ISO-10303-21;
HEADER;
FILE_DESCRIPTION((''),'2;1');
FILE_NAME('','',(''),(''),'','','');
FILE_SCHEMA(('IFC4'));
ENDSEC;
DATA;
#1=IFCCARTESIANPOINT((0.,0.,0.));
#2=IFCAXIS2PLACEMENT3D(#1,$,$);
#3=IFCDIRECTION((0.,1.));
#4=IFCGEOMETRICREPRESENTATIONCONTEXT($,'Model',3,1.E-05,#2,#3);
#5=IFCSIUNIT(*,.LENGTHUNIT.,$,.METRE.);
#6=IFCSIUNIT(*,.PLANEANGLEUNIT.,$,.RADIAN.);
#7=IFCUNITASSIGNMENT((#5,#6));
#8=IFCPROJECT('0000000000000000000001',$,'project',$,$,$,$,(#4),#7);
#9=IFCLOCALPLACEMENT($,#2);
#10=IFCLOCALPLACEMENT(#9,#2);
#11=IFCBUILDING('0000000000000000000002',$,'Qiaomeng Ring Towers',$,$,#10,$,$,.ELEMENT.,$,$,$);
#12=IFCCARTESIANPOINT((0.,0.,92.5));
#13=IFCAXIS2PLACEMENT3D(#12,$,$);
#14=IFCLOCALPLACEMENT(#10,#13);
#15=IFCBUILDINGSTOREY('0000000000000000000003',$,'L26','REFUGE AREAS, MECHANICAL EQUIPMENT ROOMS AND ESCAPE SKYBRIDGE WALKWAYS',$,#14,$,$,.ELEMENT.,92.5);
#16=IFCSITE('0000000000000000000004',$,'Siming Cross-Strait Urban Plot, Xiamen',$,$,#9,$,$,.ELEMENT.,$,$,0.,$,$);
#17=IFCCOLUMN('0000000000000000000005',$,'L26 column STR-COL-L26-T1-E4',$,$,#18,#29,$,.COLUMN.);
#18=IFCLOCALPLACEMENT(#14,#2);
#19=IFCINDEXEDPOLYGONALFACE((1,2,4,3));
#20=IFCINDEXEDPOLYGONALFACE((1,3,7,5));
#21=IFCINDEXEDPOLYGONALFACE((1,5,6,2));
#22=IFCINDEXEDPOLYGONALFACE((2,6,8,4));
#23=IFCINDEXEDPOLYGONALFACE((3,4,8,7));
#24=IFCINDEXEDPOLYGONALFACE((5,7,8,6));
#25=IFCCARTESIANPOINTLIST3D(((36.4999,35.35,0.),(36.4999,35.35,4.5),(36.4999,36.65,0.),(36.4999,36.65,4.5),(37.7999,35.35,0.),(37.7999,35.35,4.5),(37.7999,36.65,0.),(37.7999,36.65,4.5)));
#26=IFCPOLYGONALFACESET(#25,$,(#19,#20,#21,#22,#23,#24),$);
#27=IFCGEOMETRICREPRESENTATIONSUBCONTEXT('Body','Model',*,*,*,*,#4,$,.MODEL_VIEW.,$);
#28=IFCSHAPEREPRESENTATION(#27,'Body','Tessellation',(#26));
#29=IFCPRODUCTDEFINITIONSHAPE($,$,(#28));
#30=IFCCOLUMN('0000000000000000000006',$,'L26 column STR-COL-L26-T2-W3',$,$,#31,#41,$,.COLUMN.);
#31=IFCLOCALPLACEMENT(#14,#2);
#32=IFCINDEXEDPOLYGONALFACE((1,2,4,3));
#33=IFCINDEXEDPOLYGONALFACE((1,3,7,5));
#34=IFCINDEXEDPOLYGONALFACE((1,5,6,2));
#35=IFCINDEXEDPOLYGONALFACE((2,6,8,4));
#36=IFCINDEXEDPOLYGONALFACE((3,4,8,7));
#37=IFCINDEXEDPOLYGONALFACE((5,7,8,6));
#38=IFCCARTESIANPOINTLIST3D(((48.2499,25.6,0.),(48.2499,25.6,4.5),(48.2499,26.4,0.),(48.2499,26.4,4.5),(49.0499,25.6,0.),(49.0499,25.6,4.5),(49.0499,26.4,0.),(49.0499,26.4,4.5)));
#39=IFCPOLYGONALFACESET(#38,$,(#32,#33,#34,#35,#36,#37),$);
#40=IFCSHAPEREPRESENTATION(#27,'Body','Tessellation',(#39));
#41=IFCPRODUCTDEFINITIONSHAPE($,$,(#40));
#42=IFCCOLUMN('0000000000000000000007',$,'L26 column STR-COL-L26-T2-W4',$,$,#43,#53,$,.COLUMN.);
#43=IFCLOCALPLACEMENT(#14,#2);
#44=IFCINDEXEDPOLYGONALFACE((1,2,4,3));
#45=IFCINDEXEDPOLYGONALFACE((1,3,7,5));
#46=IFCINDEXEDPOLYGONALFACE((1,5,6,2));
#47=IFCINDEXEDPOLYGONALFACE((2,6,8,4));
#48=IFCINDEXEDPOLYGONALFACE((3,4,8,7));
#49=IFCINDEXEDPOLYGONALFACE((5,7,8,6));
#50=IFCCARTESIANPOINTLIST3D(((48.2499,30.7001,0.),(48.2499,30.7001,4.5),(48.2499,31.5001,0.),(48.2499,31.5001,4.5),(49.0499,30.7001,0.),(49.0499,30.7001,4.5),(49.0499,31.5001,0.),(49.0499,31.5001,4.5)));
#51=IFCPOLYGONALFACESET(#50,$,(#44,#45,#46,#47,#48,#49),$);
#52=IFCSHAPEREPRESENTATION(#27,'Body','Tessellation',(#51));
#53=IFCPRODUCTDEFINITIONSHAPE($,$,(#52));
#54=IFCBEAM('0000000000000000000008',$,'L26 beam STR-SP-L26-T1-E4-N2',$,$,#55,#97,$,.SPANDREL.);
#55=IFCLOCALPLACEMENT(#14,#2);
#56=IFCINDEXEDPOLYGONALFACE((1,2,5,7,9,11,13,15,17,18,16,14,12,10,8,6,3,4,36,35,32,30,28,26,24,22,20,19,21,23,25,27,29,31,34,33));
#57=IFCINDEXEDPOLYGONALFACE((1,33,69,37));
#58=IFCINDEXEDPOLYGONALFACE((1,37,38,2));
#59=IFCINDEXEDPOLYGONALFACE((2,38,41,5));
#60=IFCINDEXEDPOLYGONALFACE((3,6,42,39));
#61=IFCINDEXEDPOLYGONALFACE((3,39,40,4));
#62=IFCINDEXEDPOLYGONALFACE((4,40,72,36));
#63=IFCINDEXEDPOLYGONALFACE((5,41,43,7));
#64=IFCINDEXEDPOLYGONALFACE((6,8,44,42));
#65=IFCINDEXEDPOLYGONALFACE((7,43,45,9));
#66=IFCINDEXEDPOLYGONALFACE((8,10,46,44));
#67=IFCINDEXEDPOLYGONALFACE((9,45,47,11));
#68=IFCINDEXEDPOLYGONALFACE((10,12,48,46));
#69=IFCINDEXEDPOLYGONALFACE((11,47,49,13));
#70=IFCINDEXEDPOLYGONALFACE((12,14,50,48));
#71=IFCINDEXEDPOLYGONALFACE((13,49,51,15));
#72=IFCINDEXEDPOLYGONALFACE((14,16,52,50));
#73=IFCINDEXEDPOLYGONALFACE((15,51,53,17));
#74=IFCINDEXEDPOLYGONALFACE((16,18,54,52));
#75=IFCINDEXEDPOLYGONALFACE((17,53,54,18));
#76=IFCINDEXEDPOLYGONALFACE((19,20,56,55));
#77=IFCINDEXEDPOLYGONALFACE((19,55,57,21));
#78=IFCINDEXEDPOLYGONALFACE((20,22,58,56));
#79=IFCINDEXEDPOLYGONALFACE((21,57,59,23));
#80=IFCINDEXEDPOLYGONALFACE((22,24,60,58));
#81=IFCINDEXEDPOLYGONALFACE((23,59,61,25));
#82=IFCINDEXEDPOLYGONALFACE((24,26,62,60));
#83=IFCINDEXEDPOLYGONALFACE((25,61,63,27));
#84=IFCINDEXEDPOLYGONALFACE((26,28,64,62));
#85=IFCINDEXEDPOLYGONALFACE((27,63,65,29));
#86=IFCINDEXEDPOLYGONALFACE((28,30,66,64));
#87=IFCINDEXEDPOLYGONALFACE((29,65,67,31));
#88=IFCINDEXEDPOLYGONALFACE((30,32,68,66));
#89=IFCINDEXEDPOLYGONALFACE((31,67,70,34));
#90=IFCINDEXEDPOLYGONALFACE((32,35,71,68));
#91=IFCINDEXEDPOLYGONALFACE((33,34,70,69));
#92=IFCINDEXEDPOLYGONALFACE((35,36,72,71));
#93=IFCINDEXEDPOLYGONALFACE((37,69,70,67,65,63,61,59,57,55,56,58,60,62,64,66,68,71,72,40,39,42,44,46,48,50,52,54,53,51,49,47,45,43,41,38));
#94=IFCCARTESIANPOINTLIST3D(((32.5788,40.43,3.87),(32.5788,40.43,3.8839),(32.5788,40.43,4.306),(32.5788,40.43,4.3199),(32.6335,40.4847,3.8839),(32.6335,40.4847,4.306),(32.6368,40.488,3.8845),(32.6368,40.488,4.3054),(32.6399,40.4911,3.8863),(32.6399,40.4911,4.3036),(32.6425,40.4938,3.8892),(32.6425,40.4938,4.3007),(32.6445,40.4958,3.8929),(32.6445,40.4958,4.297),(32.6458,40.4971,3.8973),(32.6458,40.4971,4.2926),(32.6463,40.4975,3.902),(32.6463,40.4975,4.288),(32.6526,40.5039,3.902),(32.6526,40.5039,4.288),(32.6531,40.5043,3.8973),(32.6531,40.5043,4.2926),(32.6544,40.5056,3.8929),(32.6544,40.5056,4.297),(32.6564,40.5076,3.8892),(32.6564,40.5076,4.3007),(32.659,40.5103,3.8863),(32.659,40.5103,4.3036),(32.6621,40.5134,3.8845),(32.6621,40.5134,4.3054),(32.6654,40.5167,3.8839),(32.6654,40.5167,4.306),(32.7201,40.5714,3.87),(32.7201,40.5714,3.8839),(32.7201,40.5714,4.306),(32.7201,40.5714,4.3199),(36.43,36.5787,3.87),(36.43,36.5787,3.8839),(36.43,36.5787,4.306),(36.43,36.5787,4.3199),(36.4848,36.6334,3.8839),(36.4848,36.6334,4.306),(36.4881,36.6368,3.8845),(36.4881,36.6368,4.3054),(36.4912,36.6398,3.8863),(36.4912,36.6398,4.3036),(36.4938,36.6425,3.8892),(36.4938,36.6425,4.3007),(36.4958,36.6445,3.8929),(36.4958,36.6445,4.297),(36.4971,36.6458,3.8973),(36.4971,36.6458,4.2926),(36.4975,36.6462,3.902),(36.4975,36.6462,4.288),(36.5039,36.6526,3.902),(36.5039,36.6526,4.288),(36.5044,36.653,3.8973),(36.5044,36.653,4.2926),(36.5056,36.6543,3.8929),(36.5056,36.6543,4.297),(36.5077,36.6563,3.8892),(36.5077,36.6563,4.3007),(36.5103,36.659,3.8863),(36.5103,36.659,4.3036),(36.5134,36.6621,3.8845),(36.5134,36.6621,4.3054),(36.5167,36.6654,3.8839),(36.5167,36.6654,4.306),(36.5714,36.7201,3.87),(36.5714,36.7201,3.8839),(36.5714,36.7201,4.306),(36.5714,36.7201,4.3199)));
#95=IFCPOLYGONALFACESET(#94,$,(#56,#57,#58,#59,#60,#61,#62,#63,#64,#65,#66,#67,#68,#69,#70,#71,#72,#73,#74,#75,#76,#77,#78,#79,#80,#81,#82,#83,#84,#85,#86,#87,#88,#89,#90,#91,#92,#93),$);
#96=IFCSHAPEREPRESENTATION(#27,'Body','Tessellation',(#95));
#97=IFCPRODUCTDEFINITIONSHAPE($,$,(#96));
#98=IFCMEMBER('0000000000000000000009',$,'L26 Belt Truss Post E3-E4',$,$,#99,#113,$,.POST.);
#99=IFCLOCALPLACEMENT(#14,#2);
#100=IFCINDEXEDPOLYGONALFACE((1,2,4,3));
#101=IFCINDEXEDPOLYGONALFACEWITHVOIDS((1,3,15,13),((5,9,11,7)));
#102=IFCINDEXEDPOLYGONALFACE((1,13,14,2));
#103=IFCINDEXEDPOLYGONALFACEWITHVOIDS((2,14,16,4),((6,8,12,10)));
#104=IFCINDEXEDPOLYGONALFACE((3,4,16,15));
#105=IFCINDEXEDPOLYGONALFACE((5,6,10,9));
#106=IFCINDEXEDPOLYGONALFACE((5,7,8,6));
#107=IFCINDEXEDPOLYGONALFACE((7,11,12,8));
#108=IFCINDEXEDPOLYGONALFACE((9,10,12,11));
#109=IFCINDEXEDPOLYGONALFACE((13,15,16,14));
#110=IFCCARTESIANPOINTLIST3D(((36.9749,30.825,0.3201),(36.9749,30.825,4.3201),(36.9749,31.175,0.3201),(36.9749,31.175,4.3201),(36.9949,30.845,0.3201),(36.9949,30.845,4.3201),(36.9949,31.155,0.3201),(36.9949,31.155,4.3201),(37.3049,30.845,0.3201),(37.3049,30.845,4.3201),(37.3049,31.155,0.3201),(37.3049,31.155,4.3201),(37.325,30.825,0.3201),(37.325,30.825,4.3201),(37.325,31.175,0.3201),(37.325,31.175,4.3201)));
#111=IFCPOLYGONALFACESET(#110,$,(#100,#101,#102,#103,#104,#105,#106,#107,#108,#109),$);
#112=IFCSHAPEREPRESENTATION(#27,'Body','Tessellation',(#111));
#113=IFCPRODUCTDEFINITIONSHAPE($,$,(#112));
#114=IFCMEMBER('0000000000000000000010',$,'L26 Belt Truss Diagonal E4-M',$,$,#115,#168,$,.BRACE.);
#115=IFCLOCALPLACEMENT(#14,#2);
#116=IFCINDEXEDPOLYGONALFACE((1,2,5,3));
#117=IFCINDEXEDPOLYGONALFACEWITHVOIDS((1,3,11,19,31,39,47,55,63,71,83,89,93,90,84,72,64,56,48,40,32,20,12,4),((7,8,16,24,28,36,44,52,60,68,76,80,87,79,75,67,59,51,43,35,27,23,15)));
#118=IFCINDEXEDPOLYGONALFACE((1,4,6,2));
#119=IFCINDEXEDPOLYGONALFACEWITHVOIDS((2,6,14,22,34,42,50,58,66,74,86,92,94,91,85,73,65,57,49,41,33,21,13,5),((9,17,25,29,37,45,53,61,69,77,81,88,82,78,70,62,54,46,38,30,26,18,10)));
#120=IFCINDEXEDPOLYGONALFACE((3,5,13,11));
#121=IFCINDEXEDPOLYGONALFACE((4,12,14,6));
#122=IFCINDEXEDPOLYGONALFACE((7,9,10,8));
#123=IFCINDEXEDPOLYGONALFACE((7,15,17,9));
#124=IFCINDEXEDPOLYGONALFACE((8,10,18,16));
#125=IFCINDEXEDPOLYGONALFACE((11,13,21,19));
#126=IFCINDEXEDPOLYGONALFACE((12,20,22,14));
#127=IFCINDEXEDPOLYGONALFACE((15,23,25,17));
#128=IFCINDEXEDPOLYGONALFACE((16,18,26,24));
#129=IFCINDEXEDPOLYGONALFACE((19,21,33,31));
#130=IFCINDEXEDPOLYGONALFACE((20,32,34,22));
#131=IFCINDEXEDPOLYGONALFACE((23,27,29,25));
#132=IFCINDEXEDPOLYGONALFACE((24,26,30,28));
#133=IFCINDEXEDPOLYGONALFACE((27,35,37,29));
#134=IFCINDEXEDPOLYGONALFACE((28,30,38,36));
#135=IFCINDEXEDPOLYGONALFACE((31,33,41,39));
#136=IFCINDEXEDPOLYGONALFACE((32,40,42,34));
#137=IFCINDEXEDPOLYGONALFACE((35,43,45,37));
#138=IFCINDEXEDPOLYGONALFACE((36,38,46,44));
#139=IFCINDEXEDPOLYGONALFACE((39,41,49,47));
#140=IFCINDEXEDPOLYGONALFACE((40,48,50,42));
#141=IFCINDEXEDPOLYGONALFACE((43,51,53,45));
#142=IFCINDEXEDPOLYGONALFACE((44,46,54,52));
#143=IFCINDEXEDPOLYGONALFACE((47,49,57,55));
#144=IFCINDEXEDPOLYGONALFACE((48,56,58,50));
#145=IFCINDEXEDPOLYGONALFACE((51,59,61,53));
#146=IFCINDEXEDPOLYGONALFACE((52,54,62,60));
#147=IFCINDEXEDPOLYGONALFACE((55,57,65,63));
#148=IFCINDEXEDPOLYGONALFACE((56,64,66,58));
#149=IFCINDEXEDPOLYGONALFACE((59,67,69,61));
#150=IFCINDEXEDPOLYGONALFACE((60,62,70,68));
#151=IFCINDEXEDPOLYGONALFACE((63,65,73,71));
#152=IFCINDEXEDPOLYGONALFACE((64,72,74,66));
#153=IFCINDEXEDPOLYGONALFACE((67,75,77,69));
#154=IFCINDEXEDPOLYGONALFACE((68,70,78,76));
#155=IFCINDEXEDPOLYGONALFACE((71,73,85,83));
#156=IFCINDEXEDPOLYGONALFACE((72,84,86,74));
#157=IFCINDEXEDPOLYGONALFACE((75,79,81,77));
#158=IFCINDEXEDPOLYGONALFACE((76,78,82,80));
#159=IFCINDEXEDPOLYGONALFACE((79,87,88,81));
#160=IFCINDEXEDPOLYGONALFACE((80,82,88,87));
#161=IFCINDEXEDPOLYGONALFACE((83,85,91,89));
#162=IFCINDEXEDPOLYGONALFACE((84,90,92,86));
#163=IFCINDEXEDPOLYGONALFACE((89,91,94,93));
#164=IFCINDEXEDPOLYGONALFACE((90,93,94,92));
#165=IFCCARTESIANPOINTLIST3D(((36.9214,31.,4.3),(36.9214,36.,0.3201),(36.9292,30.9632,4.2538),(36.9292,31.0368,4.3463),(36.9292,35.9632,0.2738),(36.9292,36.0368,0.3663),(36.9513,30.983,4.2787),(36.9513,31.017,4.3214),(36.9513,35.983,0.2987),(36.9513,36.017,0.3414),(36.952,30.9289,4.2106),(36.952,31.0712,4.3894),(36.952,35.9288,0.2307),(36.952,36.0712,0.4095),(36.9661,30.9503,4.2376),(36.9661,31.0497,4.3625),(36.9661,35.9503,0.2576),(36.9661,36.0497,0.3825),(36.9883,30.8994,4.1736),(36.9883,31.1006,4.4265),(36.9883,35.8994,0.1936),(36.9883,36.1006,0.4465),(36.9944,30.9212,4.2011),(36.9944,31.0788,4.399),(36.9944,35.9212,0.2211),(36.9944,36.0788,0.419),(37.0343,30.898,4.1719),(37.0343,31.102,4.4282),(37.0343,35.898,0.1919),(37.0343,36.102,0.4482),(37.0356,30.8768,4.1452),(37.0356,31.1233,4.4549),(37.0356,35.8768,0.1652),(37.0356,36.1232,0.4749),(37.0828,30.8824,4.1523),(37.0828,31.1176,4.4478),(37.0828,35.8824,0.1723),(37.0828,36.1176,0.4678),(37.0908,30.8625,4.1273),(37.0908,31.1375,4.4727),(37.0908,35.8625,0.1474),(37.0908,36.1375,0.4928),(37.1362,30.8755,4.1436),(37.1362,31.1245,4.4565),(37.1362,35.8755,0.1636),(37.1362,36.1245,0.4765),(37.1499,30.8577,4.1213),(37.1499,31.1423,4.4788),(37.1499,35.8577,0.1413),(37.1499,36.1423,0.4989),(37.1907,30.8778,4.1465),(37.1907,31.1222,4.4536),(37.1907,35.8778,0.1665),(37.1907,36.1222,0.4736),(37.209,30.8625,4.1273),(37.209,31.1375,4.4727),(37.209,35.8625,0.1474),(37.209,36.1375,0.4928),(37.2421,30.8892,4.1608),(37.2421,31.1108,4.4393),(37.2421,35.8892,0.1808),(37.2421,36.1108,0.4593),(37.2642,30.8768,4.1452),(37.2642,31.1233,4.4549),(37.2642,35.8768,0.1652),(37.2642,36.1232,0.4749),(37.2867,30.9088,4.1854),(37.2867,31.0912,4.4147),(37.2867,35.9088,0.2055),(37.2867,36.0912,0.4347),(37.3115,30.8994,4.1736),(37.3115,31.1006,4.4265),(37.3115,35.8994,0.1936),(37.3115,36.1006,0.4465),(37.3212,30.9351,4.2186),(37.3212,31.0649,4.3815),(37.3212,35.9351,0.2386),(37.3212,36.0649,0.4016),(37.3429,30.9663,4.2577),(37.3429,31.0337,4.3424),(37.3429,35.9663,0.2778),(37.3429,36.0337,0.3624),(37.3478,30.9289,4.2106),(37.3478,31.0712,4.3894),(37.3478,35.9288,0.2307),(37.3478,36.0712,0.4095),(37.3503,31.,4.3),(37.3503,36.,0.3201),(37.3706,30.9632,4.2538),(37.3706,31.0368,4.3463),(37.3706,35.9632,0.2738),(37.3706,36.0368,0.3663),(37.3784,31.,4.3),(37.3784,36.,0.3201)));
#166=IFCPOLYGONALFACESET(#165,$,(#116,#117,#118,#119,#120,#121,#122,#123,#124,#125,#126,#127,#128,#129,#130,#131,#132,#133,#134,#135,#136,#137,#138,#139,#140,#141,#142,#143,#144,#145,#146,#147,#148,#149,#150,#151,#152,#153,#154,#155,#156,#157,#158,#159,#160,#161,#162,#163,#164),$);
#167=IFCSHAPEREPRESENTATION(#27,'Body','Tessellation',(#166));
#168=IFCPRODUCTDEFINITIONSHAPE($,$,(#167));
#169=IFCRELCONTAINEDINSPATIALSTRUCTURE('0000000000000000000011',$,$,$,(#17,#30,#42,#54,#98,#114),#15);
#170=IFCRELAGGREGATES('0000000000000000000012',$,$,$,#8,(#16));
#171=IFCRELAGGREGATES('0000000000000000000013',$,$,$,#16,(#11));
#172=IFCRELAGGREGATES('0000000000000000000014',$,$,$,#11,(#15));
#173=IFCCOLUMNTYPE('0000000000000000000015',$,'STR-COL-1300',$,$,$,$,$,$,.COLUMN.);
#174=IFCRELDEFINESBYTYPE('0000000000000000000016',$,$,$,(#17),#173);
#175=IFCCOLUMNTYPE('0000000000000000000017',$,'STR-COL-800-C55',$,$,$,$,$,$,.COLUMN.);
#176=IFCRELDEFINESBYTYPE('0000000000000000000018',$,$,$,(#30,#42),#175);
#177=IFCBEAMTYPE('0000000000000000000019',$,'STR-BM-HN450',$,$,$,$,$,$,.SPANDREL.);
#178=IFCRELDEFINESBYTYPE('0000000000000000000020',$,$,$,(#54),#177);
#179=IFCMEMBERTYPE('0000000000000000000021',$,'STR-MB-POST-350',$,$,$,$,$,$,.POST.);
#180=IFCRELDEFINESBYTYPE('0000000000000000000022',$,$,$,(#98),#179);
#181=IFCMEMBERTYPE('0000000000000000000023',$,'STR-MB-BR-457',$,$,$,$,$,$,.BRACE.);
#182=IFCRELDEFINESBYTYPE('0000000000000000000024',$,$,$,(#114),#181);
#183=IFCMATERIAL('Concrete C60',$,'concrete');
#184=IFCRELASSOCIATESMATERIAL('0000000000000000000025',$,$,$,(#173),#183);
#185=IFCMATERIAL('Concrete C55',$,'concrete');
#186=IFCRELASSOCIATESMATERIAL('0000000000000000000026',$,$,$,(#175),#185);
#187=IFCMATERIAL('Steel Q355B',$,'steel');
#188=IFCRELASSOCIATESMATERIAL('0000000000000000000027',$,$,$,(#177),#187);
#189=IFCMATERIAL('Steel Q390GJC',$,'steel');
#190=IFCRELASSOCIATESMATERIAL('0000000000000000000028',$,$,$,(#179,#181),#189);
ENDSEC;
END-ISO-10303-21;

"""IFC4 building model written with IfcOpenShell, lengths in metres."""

from ifc_helpers import new_model, si_unit, direction, frame, origin, origin_2d, place, context, subcontext, project, spatial, rectangle, hollow_rectangle, hollow_circle, i_section, extrude, source, transform, mapped, material, material_profile, profile_set, type_object, element, save


model = new_model("IFC4")

# Units and contexts
model_context = context("Model", 3, precision=1e-05, world=origin(), true_north=direction((0.0, 1.0)))
body_context = subcontext(model_context, "Body", "Model", "MODEL_VIEW")
ifc_project = project(units=[si_unit("LENGTHUNIT", "METRE"), si_unit("PLANEANGLEUNIT", "RADIAN")], contexts=[model_context])

# Site, building, storey
site_placement = place(None, origin())
site = spatial("IfcSite", under=ifc_project, at=site_placement, Name="Siming Cross-Strait Urban Plot, Xiamen", CompositionType="ELEMENT", RefElevation=0.0)
building_placement = place(site_placement, origin())
building = spatial("IfcBuilding", under=site, at=building_placement, Name="Qiaomeng Ring Towers", CompositionType="ELEMENT")
storey_placement = place(building_placement, frame((0.0, 0.0, 92.5)))
storey = spatial("IfcBuildingStorey", under=building, at=storey_placement, Name="L26", Description="REFUGE AREAS, MECHANICAL EQUIPMENT ROOMS AND ESCAPE SKYBRIDGE WALKWAYS", CompositionType="ELEMENT", Elevation=92.5)

# Columns
ifc_material_1 = material(Name="Concrete C60", Category="concrete")
ifc_material_profile_1 = material_profile(ifc_material_1, rectangle(XDim=1.3, YDim=1.3, at=origin_2d()), Name="RC COL 1300x1300")
ifc_profile_set_1 = profile_set([ifc_material_profile_1], Name="Concrete C60")
column_type_1 = type_object("IfcColumnType", Name="STR-COL-1300", PredefinedType="COLUMN", material=ifc_profile_set_1)
shared_shape_1 = source(origin(), body_context, "Body", "SweptSolid", [
    extrude(rectangle(XDim=1.3, YDim=1.3, at=origin_2d()), origin(), (0.0, 0.0, 1.0), 4.5),
])
column_placement = place(storey_placement, frame((37.1499, 36.0, 0.0), z_axis=(0.0, 0.0, 1.0), x_axis=(1.0, 0.0, 0.0)))
element("IfcColumn", 1, at=column_placement, inside=storey, type_object=column_type_1, Name="L26 column STR-COL-L26-T1-E4", PredefinedType="COLUMN", context=body_context, shape_type="MappedRepresentation", body=[
    mapped(shared_shape_1, transform((0.0, 0.0, 0.0), x_axis=(1.0, 0.0, 0.0), y_axis=(0.0, 1.0, 0.0), z_axis=(0.0, 0.0, 1.0), scale=1.0)),
])
ifc_material_2 = material(Name="Concrete C55", Category="concrete")
ifc_material_profile_2 = material_profile(ifc_material_2, rectangle(XDim=0.8, YDim=0.8, at=origin_2d()), Name="RC COL 800x800")
ifc_profile_set_2 = profile_set([ifc_material_profile_2], Name="Concrete C55")
column_type_2 = type_object("IfcColumnType", Name="STR-COL-800-C55", PredefinedType="COLUMN", material=ifc_profile_set_2)
shared_shape_2 = source(origin(), body_context, "Body", "SweptSolid", [
    extrude(rectangle(XDim=0.8, YDim=0.8, at=origin_2d()), origin(), (0.0, 0.0, 1.0), 4.5),
])
for number, where, z_axis, x_axis, name in (
    (2, (48.6499, 26.0, 0.0), (0.0, 0.0, 1.0), (1.0, 0.0, 0.0), "L26 column STR-COL-L26-T2-W3"),
    (3, (48.6499, 31.1001, 0.0), (0.0, 0.0, 1.0), (1.0, 0.0, 0.0), "L26 column STR-COL-L26-T2-W4"),
):
    element("IfcColumn", number, at=place(storey_placement, frame(where, z_axis=z_axis, x_axis=x_axis)), inside=storey, type_object=column_type_2, Name=name, PredefinedType="COLUMN", context=body_context, shape_type="MappedRepresentation", body=[
        mapped(shared_shape_2, transform((0.0, 0.0, 0.0), x_axis=(1.0, 0.0, 0.0), y_axis=(0.0, 1.0, 0.0), z_axis=(0.0, 0.0, 1.0), scale=1.0)),
    ])

# Beam
ifc_material_3 = material(Name="Steel Q355B", Category="steel")
ifc_material_profile_3 = material_profile(ifc_material_3, i_section(OverallWidth=0.2, OverallDepth=0.45, WebThickness=0.009, FlangeThickness=0.0139, FilletRadius=0.0181, at=origin_2d()), Name="HN 450x200x9x14")
ifc_profile_set_3 = profile_set([ifc_material_profile_3], Name="Steel Q355B")
beam_type_1 = type_object("IfcBeamType", Name="STR-BM-HN450", PredefinedType="SPANDREL", material=ifc_profile_set_3)
shared_shape_3 = source(origin(), body_context, "Body", "SweptSolid", [
    extrude(i_section(OverallWidth=0.2, OverallDepth=0.45, WebThickness=0.009, FlangeThickness=0.0139, FilletRadius=0.0181, at=origin_2d()), origin(), (0.0, 0.0, 1.0), 5.4465),
])
beam_1_placement = place(storey_placement, frame((36.5007, 36.6494, 4.095), z_axis=(-0.707107, 0.707107, 0.0), x_axis=(-0.707107, -0.707107, 0.0)))
element("IfcBeam", 4, at=beam_1_placement, inside=storey, type_object=beam_type_1, Name="L26 beam STR-SP-L26-T1-E4-N2", PredefinedType="SPANDREL", context=body_context, shape_type="MappedRepresentation", body=[
    mapped(shared_shape_3, transform((0.0, 0.0, 0.0), x_axis=(1.0, 0.0, 0.0), y_axis=(0.0, 1.0, 0.0), z_axis=(0.0, 0.0, 1.0), scale=1.0)),
])

# Members
ifc_material_4 = material(Name="Steel Q390GJC", Category="steel")
ifc_material_profile_4 = material_profile(ifc_material_4, hollow_rectangle(XDim=0.3501, YDim=0.3501, WallThickness=0.02, at=origin_2d()), Name="SHS 350x350x20")
ifc_profile_set_4 = profile_set([ifc_material_profile_4], Name="Steel Q390GJC")
member_type_1 = type_object("IfcMemberType", Name="STR-MB-POST-350", PredefinedType="POST", material=ifc_profile_set_4)
shared_shape_4 = source(origin(), body_context, "Body", "SweptSolid", [
    extrude(hollow_rectangle(XDim=0.3501, YDim=0.3501, WallThickness=0.02, at=origin_2d()), origin(), (0.0, 0.0, 1.0), 4.0),
])
member_1_placement = place(storey_placement, frame((37.1499, 31.0, 0.3201), z_axis=(0.0, 0.0, 1.0), x_axis=(1.0, 0.0, 0.0)))
element("IfcMember", 5, at=member_1_placement, inside=storey, type_object=member_type_1, Name="L26 Belt Truss Post E3-E4", PredefinedType="POST", context=body_context, shape_type="MappedRepresentation", body=[
    mapped(shared_shape_4, transform((0.0, 0.0, 0.0), x_axis=(1.0, 0.0, 0.0), y_axis=(0.0, 1.0, 0.0), z_axis=(0.0, 0.0, 1.0), scale=1.0)),
])
ifc_material_profile_5 = material_profile(ifc_material_4, hollow_circle(Radius=0.2285, WallThickness=0.0281, at=origin_2d()), Name="CHS 457x28")
ifc_profile_set_5 = profile_set([ifc_material_profile_5], Name="Steel Q390GJC")
member_type_2 = type_object("IfcMemberType", Name="STR-MB-BR-457", PredefinedType="BRACE", material=ifc_profile_set_5)
shared_shape_5 = source(origin(), body_context, "Body", "SweptSolid", [
    extrude(hollow_circle(Radius=0.2285, WallThickness=0.0281, at=origin_2d()), origin(), (0.0, 0.0, 1.0), 6.3906),
])
member_2_placement = place(storey_placement, frame((37.1499, 36.0, 0.3201), z_axis=(0.0, -0.782395, 0.622783), x_axis=(1.0, 0.0, 0.0)))
element("IfcMember", 6, at=member_2_placement, inside=storey, type_object=member_type_2, Name="L26 Belt Truss Diagonal E4-M", PredefinedType="BRACE", context=body_context, shape_type="MappedRepresentation", body=[
    mapped(shared_shape_5, transform((0.0, 0.0, 0.0), x_axis=(1.0, 0.0, 0.0), y_axis=(0.0, 1.0, 0.0), z_axis=(0.0, 0.0, 1.0), scale=1.0)),
])

save(model, "model.ifc")
